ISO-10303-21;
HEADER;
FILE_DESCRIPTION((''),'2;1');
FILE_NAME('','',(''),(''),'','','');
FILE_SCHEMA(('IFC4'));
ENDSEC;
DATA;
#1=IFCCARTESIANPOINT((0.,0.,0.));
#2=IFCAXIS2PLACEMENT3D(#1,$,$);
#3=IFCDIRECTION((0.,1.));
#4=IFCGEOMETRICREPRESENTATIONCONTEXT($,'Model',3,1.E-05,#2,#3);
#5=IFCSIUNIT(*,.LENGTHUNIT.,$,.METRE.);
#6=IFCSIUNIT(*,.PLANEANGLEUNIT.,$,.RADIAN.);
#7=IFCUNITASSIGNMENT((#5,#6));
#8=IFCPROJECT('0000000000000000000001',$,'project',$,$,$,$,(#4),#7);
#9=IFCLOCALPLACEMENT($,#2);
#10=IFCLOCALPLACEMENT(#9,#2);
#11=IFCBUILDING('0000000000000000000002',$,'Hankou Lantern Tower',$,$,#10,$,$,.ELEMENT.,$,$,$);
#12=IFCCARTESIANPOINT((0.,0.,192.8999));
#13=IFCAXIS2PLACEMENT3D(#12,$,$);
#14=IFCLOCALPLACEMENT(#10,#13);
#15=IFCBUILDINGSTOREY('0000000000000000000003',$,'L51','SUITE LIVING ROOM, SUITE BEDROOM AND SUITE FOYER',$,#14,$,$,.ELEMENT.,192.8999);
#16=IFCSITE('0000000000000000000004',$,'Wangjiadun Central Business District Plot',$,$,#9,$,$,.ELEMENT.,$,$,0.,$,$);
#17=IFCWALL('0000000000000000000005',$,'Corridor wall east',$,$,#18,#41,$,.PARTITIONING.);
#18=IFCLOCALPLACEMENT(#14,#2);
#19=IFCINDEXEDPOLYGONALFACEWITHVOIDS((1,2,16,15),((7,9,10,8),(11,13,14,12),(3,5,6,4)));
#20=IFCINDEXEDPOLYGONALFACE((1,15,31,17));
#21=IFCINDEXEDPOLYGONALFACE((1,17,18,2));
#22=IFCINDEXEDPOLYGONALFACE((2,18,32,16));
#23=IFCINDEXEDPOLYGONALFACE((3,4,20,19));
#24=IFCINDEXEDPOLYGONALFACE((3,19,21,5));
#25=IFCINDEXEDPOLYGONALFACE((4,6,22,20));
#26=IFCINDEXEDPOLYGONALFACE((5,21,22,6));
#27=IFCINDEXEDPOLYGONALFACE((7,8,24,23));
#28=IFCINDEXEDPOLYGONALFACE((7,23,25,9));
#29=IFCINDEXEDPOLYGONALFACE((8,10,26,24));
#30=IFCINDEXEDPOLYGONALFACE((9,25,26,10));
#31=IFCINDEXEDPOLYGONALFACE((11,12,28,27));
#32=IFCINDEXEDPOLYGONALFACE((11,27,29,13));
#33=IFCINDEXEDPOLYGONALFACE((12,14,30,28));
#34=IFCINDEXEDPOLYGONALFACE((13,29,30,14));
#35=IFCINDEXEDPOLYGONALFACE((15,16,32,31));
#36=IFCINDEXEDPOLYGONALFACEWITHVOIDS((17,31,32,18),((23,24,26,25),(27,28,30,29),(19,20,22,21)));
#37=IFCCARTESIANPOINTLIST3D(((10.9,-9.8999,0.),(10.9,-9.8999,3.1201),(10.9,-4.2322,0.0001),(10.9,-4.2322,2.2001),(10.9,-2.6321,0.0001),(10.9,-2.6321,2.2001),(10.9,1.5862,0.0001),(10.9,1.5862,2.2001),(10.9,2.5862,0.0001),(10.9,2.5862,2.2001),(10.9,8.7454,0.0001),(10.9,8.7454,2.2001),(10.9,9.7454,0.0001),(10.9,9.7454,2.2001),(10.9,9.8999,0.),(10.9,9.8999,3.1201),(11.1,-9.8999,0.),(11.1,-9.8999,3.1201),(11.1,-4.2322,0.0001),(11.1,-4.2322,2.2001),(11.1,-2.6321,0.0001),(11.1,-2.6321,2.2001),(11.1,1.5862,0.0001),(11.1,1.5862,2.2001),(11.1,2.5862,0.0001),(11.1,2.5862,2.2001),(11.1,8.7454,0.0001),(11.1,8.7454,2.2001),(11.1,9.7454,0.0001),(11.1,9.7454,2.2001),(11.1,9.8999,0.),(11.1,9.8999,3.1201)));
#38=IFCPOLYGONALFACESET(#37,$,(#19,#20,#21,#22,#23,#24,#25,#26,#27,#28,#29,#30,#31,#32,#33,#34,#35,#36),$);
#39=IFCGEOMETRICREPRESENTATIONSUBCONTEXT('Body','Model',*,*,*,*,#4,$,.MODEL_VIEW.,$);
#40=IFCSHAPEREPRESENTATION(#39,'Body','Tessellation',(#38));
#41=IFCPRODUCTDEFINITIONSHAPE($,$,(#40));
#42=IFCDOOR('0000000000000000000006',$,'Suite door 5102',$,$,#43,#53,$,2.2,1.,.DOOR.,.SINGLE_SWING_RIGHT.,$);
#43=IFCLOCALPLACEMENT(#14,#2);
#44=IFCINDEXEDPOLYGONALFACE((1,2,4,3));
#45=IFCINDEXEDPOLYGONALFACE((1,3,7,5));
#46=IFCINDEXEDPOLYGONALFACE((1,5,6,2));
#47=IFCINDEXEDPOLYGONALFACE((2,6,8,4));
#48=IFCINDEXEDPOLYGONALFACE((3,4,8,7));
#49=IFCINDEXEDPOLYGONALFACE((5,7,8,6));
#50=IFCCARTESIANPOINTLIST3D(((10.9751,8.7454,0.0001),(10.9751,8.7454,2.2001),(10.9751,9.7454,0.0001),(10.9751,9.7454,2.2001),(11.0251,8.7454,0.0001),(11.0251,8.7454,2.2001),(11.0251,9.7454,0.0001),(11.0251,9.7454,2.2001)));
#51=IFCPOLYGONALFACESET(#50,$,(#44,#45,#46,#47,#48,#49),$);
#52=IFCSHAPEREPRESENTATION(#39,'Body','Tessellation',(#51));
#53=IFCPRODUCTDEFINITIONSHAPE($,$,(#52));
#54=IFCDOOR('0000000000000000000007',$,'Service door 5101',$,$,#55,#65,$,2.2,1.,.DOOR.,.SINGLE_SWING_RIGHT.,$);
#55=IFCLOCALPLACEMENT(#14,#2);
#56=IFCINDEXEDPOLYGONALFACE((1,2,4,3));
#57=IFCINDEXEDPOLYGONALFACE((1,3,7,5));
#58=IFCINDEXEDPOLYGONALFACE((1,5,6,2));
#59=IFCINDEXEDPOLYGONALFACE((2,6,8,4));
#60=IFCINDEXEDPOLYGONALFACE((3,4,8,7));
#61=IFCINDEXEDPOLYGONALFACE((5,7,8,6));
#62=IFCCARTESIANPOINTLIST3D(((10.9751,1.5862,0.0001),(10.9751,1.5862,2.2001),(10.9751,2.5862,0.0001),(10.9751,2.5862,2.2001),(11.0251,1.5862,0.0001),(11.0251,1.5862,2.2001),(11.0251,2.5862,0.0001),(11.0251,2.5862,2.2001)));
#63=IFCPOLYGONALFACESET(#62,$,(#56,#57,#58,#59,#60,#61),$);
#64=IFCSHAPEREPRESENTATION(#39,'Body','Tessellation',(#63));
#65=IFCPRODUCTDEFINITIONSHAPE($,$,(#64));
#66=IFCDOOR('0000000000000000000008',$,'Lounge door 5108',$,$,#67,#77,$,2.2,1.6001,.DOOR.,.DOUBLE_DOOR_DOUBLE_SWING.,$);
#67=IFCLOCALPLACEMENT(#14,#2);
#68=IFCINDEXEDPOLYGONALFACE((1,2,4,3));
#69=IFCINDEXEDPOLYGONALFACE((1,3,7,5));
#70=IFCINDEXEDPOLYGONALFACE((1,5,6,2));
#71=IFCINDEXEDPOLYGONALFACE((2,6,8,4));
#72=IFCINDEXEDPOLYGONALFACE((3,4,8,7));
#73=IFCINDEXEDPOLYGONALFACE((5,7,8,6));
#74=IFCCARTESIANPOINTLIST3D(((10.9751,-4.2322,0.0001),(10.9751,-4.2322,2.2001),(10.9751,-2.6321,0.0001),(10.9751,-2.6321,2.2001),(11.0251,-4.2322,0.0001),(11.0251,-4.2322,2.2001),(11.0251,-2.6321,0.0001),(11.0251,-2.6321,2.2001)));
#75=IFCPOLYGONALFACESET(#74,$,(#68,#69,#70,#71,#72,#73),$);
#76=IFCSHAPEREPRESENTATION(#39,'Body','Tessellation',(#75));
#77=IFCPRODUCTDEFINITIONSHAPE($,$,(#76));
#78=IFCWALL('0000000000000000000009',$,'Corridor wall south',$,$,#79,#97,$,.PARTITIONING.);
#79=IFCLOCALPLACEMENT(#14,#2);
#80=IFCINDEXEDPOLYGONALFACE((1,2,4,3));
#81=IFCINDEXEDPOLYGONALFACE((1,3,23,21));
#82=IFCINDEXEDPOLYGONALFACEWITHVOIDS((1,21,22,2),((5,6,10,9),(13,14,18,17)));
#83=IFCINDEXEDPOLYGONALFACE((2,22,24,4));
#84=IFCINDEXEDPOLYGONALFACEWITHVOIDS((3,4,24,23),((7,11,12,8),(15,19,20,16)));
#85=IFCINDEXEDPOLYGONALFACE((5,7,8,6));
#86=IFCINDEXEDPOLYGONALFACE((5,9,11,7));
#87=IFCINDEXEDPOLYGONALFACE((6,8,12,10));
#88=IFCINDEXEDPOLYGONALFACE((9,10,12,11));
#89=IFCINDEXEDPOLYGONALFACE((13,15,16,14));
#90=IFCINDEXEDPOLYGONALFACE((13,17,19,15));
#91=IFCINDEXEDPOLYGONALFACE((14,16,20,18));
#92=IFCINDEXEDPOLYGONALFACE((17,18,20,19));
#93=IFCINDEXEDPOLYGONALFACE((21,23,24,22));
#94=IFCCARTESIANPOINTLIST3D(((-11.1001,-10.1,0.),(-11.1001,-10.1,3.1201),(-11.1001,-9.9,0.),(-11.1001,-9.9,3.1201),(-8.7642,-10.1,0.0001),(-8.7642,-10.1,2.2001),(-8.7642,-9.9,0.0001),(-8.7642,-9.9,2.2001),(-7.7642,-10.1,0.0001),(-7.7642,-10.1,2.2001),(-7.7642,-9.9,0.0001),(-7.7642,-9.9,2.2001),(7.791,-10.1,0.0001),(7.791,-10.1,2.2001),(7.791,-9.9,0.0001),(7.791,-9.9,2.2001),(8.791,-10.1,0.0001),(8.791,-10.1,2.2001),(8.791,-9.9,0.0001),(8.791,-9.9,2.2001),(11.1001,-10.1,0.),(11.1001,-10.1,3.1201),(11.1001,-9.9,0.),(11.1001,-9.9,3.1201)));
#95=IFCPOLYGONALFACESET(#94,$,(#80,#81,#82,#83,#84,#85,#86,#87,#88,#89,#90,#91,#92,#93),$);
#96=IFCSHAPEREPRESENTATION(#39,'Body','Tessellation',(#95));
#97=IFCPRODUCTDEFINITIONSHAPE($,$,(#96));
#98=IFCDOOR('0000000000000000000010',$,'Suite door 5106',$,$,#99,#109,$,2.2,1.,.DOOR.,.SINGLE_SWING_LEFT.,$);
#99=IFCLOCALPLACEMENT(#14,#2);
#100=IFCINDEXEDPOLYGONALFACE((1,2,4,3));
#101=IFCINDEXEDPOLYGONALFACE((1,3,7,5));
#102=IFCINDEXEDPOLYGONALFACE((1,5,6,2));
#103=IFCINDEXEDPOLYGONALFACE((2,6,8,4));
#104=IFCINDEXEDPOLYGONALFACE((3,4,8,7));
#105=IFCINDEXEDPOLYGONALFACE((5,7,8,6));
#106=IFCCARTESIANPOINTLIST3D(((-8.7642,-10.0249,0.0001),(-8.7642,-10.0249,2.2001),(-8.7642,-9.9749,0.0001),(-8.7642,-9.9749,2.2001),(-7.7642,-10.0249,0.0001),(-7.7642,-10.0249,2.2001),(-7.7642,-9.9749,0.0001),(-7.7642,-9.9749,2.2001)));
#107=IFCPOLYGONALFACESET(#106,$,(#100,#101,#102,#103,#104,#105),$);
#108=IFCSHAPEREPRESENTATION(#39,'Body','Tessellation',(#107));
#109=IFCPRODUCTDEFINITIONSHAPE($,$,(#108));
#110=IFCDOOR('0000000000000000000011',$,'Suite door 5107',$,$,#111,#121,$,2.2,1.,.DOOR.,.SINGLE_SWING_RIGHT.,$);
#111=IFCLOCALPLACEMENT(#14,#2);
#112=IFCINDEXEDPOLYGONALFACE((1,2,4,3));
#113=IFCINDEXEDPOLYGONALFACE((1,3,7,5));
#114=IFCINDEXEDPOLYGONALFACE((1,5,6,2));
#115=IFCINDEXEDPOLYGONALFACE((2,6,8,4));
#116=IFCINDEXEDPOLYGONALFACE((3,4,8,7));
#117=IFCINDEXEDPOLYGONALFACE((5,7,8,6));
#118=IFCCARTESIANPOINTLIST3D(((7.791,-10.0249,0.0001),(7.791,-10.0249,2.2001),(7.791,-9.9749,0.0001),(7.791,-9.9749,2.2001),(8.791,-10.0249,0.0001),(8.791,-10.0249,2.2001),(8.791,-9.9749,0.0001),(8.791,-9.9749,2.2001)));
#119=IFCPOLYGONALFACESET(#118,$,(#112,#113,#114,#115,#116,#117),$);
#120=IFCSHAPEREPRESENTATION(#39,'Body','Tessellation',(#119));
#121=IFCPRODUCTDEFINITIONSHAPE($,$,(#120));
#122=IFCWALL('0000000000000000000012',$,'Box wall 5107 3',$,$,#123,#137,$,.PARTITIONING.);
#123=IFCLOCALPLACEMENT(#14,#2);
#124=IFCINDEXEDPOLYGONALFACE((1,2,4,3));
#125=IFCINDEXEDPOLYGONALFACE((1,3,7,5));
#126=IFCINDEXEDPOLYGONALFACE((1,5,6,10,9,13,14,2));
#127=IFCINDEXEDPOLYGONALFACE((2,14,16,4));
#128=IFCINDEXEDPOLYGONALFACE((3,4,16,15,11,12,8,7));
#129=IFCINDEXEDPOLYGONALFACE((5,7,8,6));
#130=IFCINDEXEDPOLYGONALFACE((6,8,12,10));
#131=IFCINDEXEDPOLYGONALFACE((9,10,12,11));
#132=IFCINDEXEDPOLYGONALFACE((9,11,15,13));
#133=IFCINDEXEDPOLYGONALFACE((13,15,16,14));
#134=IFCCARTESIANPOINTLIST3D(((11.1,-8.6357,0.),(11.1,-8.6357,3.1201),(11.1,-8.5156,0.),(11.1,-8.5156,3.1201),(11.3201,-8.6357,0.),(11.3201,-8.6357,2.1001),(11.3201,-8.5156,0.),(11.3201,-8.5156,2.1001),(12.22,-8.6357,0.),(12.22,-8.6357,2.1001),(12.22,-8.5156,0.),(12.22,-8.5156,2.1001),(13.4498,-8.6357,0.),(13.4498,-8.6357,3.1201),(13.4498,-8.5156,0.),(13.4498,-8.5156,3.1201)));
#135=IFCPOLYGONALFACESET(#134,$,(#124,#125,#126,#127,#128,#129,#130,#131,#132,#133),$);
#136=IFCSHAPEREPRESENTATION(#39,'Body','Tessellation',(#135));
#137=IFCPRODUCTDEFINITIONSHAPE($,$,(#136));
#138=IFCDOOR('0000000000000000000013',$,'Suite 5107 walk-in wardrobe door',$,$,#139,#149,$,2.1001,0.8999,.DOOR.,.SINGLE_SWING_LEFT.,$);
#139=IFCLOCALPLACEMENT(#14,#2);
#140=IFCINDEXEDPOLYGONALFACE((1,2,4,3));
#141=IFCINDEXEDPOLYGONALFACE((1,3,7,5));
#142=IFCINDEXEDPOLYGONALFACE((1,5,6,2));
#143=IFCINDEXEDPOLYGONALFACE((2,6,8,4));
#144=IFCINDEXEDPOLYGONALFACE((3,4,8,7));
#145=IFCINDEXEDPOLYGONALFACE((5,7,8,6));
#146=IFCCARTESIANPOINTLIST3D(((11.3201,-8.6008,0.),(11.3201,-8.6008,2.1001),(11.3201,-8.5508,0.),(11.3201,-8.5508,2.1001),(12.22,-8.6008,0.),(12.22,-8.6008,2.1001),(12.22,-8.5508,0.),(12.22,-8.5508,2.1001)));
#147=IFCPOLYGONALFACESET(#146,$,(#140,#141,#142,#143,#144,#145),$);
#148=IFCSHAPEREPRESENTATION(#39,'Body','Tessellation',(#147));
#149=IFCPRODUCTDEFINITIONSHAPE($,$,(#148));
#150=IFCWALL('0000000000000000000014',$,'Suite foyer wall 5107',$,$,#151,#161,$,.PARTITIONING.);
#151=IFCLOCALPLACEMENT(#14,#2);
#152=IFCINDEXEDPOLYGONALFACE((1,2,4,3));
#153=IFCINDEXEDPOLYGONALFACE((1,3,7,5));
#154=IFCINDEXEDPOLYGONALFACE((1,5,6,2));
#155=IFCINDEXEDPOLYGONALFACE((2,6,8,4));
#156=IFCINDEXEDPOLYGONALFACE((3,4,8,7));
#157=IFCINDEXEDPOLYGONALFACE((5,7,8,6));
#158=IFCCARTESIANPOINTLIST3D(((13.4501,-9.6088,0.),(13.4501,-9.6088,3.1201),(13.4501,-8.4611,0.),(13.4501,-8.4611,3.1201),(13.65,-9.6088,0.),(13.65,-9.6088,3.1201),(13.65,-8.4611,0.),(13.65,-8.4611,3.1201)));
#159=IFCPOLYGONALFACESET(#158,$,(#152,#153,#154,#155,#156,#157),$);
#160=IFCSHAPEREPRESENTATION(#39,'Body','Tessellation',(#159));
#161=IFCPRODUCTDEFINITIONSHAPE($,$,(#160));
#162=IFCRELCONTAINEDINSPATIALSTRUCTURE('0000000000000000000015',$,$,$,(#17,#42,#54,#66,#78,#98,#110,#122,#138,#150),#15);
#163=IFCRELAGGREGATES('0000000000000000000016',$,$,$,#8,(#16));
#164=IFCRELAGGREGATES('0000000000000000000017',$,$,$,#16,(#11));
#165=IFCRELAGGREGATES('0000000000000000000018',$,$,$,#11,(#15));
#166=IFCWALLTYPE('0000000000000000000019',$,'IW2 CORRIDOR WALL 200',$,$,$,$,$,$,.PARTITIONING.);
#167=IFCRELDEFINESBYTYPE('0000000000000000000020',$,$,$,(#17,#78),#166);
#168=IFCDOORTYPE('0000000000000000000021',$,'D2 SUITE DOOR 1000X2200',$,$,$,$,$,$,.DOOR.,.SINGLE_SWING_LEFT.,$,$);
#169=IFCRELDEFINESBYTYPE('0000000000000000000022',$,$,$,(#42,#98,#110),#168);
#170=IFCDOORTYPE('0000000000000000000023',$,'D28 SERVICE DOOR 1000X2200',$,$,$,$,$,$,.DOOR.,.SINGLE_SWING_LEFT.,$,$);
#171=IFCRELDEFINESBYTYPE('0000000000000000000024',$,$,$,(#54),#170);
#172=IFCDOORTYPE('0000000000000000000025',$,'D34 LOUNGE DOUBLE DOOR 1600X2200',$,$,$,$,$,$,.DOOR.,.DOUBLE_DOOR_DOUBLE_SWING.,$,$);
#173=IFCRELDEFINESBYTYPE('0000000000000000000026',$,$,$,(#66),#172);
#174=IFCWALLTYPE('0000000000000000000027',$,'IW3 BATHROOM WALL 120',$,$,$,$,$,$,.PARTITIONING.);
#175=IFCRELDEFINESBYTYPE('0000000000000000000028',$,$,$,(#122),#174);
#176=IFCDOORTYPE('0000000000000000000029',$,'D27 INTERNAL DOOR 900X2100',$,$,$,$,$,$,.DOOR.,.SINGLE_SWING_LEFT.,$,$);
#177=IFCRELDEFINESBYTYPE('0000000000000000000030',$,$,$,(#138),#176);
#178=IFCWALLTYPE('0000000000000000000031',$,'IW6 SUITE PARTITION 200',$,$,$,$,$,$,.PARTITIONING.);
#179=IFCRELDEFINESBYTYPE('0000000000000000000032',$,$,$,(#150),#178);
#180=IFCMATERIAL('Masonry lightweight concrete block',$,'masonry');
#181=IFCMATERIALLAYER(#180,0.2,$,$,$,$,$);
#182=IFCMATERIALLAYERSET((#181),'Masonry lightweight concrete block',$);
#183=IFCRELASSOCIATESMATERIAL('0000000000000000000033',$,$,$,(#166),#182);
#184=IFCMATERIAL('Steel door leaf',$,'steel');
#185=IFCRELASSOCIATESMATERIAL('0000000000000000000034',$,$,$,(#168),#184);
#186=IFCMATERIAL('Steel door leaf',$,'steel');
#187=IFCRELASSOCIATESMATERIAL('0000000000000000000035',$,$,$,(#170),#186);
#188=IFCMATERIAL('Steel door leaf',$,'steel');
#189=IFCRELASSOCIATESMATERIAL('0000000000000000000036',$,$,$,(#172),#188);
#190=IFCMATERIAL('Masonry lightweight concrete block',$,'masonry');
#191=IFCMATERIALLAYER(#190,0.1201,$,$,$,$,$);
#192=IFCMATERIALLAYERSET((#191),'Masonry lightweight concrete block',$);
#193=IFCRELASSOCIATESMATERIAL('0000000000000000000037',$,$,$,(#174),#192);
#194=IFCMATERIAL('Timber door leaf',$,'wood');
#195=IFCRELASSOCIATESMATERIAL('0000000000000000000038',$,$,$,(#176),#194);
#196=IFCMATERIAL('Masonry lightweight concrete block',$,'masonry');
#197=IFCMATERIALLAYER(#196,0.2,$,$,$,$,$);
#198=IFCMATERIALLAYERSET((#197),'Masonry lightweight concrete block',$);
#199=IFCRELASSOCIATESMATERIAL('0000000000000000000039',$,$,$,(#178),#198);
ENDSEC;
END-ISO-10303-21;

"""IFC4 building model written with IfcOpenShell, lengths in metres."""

from ifc_helpers import new_model, si_unit, direction, frame, frame_2d, origin, place, context, subcontext, project, spatial, rectangle, extrude, material, layer, layer_set, type_object, element, fill, save


model = new_model("IFC4")

# Units and contexts
model_context = context("Model", 3, precision=1e-05, world=origin(), true_north=direction((0.0, 1.0)))
body_context = subcontext(model_context, "Body", "Model", "MODEL_VIEW")
ifc_project = project(units=[si_unit("LENGTHUNIT", "METRE"), si_unit("PLANEANGLEUNIT", "RADIAN")], contexts=[model_context])

# Site, building, storey
site_placement = place(None, origin())
site = spatial("IfcSite", under=ifc_project, at=site_placement, Name="Wangjiadun Central Business District Plot", CompositionType="ELEMENT", RefElevation=0.0)
building_placement = place(site_placement, origin())
building = spatial("IfcBuilding", under=site, at=building_placement, Name="Hankou Lantern Tower", CompositionType="ELEMENT")
storey_placement = place(building_placement, frame((0.0, 0.0, 192.8999)))
storey = spatial("IfcBuildingStorey", under=building, at=storey_placement, Name="L51", Description="SUITE LIVING ROOM, SUITE BEDROOM AND SUITE FOYER", CompositionType="ELEMENT", Elevation=192.8999)

# Walls, openings, doors
ifc_material_1 = material(Name="Masonry lightweight concrete block", Category="masonry")
ifc_layer_1 = layer(ifc_material_1, 0.2)
ifc_layer_set_1 = layer_set([ifc_layer_1], Name="Masonry lightweight concrete block")
wall_type_1 = type_object("IfcWallType", Name="IW2 CORRIDOR WALL 200", PredefinedType="PARTITIONING", material=ifc_layer_set_1)
wall_1_placement = place(storey_placement, frame((11.0, -9.8999, 0.0), z_axis=(0.0, 0.0, 1.0), x_axis=(0.0, 1.0, 0.0)))
wall_1 = element("IfcWall", 1, at=wall_1_placement, inside=storey, type_object=wall_type_1, Name="Corridor wall east", PredefinedType="PARTITIONING", context=body_context, shape_type="SweptSolid", body=[
    extrude(rectangle(XDim=19.7998, YDim=0.2, at=frame_2d((9.8999, 0.0))), origin(), (0.0, 0.0, 1.0), 3.1201),
])
opening_1_placement = place(wall_1_placement, frame((11.4861, 0.0, 0.0)))
opening_1 = element("IfcOpeningElement", 2, at=opening_1_placement, cuts=wall_1, PredefinedType="OPENING", context=body_context, shape_type="SweptSolid", body=[
    extrude(rectangle(XDim=1.0, YDim=2.2, at=frame_2d((0.5, 1.1001))), frame((0.0, 0.1099, 0.0), z_axis=(0.0, -1.0, 0.0), x_axis=(1.0, 0.0, 0.0)), (0.0, 0.0, 1.0), 0.22),
])
opening_2_placement = place(wall_1_placement, frame((18.6453, 0.0, 0.0)))
opening_2 = element("IfcOpeningElement", 3, at=opening_2_placement, cuts=wall_1, PredefinedType="OPENING", context=body_context, shape_type="SweptSolid", body=[
    extrude(rectangle(XDim=1.0, YDim=2.2, at=frame_2d((0.5, 1.1001))), frame((0.0, 0.1099, 0.0), z_axis=(0.0, -1.0, 0.0), x_axis=(1.0, 0.0, 0.0)), (0.0, 0.0, 1.0), 0.22),
])
opening_3_placement = place(wall_1_placement, frame((5.6677, 0.0, 0.0)))
opening_3 = element("IfcOpeningElement", 4, at=opening_3_placement, cuts=wall_1, PredefinedType="OPENING", context=body_context, shape_type="SweptSolid", body=[
    extrude(rectangle(XDim=1.6001, YDim=2.2, at=frame_2d((0.8, 1.1001))), frame((0.0, 0.1099, 0.0), z_axis=(0.0, -1.0, 0.0), x_axis=(1.0, 0.0, 0.0)), (0.0, 0.0, 1.0), 0.22),
])
ifc_material_2 = material(Name="Steel door leaf", Category="steel")
door_type_1 = type_object("IfcDoorType", Name="D2 SUITE DOOR 1000X2200", OperationType="SINGLE_SWING_LEFT", PredefinedType="DOOR", material=ifc_material_2)
door_1_placement = place(opening_2_placement, origin())
door_1 = element("IfcDoor", 5, at=door_1_placement, inside=storey, type_object=door_type_1, Name="Suite door 5102", OperationType="SINGLE_SWING_RIGHT", OverallHeight=2.2, OverallWidth=1.0, PredefinedType="DOOR", context=body_context, shape_type="SweptSolid", body=[
    extrude(rectangle(XDim=1.0, YDim=2.2, at=frame_2d((0.5, 1.1001))), frame((0.0, 0.0249, 0.0), z_axis=(0.0, -1.0, 0.0), x_axis=(1.0, 0.0, 0.0)), (0.0, 0.0, 1.0), 0.05),
])
fill(opening_2, door_1)
ifc_material_3 = material(Name="Steel door leaf", Category="steel")
door_type_2 = type_object("IfcDoorType", Name="D28 SERVICE DOOR 1000X2200", OperationType="SINGLE_SWING_LEFT", PredefinedType="DOOR", material=ifc_material_3)
door_2_placement = place(opening_1_placement, origin())
door_2 = element("IfcDoor", 6, at=door_2_placement, inside=storey, type_object=door_type_2, Name="Service door 5101", OperationType="SINGLE_SWING_RIGHT", OverallHeight=2.2, OverallWidth=1.0, PredefinedType="DOOR", context=body_context, shape_type="SweptSolid", body=[
    extrude(rectangle(XDim=1.0, YDim=2.2, at=frame_2d((0.5, 1.1001))), frame((0.0, 0.0249, 0.0), z_axis=(0.0, -1.0, 0.0), x_axis=(1.0, 0.0, 0.0)), (0.0, 0.0, 1.0), 0.05),
])
fill(opening_1, door_2)
ifc_material_4 = material(Name="Steel door leaf", Category="steel")
door_type_3 = type_object("IfcDoorType", Name="D34 LOUNGE DOUBLE DOOR 1600X2200", OperationType="DOUBLE_DOOR_DOUBLE_SWING", PredefinedType="DOOR", material=ifc_material_4)
door_3_placement = place(opening_3_placement, origin())
door_3 = element("IfcDoor", 7, at=door_3_placement, inside=storey, type_object=door_type_3, Name="Lounge door 5108", OperationType="DOUBLE_DOOR_DOUBLE_SWING", OverallHeight=2.2, OverallWidth=1.6001, PredefinedType="DOOR", context=body_context, shape_type="SweptSolid", body=[
    extrude(rectangle(XDim=1.6001, YDim=2.2, at=frame_2d((0.8, 1.1001))), frame((0.0, 0.0249, 0.0), z_axis=(0.0, -1.0, 0.0), x_axis=(1.0, 0.0, 0.0)), (0.0, 0.0, 1.0), 0.05),
])
fill(opening_3, door_3)
wall_2_placement = place(storey_placement, frame((11.1001, -10.0, 0.0), z_axis=(0.0, 0.0, 1.0), x_axis=(-1.0, 0.0, 0.0)))
wall_2 = element("IfcWall", 8, at=wall_2_placement, inside=storey, type_object=wall_type_1, Name="Corridor wall south", PredefinedType="PARTITIONING", context=body_context, shape_type="SweptSolid", body=[
    extrude(rectangle(XDim=22.2002, YDim=0.2, at=frame_2d((11.1001, 0.0))), origin(), (0.0, 0.0, 1.0), 3.1201),
])
opening_4_placement = place(wall_2_placement, frame((18.8643, 0.0, 0.0)))
opening_4 = element("IfcOpeningElement", 9, at=opening_4_placement, cuts=wall_2, PredefinedType="OPENING", context=body_context, shape_type="SweptSolid", body=[
    extrude(rectangle(XDim=1.0, YDim=2.2, at=frame_2d((0.5, 1.1001))), frame((0.0, 0.1099, 0.0), z_axis=(0.0, -1.0, 0.0), x_axis=(1.0, 0.0, 0.0)), (0.0, 0.0, 1.0), 0.22),
])
opening_5_placement = place(wall_2_placement, frame((2.3091, 0.0, 0.0)))
opening_5 = element("IfcOpeningElement", 10, at=opening_5_placement, cuts=wall_2, PredefinedType="OPENING", context=body_context, shape_type="SweptSolid", body=[
    extrude(rectangle(XDim=1.0, YDim=2.2, at=frame_2d((0.5, 1.1001))), frame((0.0, 0.1099, 0.0), z_axis=(0.0, -1.0, 0.0), x_axis=(1.0, 0.0, 0.0)), (0.0, 0.0, 1.0), 0.22),
])
door_4_placement = place(opening_4_placement, origin())
door_4 = element("IfcDoor", 11, at=door_4_placement, inside=storey, type_object=door_type_1, Name="Suite door 5106", OperationType="SINGLE_SWING_LEFT", OverallHeight=2.2, OverallWidth=1.0, PredefinedType="DOOR", context=body_context, shape_type="SweptSolid", body=[
    extrude(rectangle(XDim=1.0, YDim=2.2, at=frame_2d((0.5, 1.1001))), frame((0.0, 0.0249, 0.0), z_axis=(0.0, -1.0, 0.0), x_axis=(1.0, 0.0, 0.0)), (0.0, 0.0, 1.0), 0.05),
])
fill(opening_4, door_4)
door_5_placement = place(opening_5_placement, origin())
door_5 = element("IfcDoor", 12, at=door_5_placement, inside=storey, type_object=door_type_1, Name="Suite door 5107", OperationType="SINGLE_SWING_RIGHT", OverallHeight=2.2, OverallWidth=1.0, PredefinedType="DOOR", context=body_context, shape_type="SweptSolid", body=[
    extrude(rectangle(XDim=1.0, YDim=2.2, at=frame_2d((0.5, 1.1001))), frame((0.0, 0.0249, 0.0), z_axis=(0.0, -1.0, 0.0), x_axis=(1.0, 0.0, 0.0)), (0.0, 0.0, 1.0), 0.05),
])
fill(opening_5, door_5)

# Wall, opening, door
ifc_material_5 = material(Name="Masonry lightweight concrete block", Category="masonry")
ifc_layer_2 = layer(ifc_material_5, 0.1201)
ifc_layer_set_2 = layer_set([ifc_layer_2], Name="Masonry lightweight concrete block")
wall_type_2 = type_object("IfcWallType", Name="IW3 BATHROOM WALL 120", PredefinedType="PARTITIONING", material=ifc_layer_set_2)
wall_3_placement = place(storey_placement, frame((11.1001, -8.5757, 0.0), z_axis=(0.0, 0.0, 1.0), x_axis=(1.0, 0.0, 0.0)))
wall_3 = element("IfcWall", 13, at=wall_3_placement, inside=storey, type_object=wall_type_2, Name="Box wall 5107 3", PredefinedType="PARTITIONING", context=body_context, shape_type="SweptSolid", body=[
    extrude(rectangle(XDim=2.3499, YDim=0.1201, at=frame_2d((1.1748, 0.0))), origin(), (0.0, 0.0, 1.0), 3.1201),
])
opening_6_placement = place(wall_3_placement, frame((0.22, 0.0, 0.0)))
opening_6 = element("IfcOpeningElement", 14, at=opening_6_placement, cuts=wall_3, PredefinedType="OPENING", context=body_context, shape_type="SweptSolid", body=[
    extrude(rectangle(XDim=0.8999, YDim=2.1001, at=frame_2d((0.45, 1.05))), frame((0.0, 0.0701, 0.0), z_axis=(0.0, -1.0, 0.0), x_axis=(1.0, 0.0, 0.0)), (0.0, 0.0, 1.0), 0.1401),
])
ifc_material_6 = material(Name="Timber door leaf", Category="wood")
door_type_4 = type_object("IfcDoorType", Name="D27 INTERNAL DOOR 900X2100", OperationType="SINGLE_SWING_LEFT", PredefinedType="DOOR", material=ifc_material_6)
door_6_placement = place(opening_6_placement, origin())
door_6 = element("IfcDoor", 15, at=door_6_placement, inside=storey, type_object=door_type_4, Name="Suite 5107 walk-in wardrobe door", OperationType="SINGLE_SWING_LEFT", OverallHeight=2.1001, OverallWidth=0.8999, PredefinedType="DOOR", context=body_context, shape_type="SweptSolid", body=[
    extrude(rectangle(XDim=0.8999, YDim=2.1001, at=frame_2d((0.45, 1.05))), frame((0.0, 0.0249, 0.0), z_axis=(0.0, -1.0, 0.0), x_axis=(1.0, 0.0, 0.0)), (0.0, 0.0, 1.0), 0.05),
])
fill(opening_6, door_6)

# Wall
ifc_material_7 = material(Name="Masonry lightweight concrete block", Category="masonry")
ifc_layer_3 = layer(ifc_material_7, 0.2)
ifc_layer_set_3 = layer_set([ifc_layer_3], Name="Masonry lightweight concrete block")
wall_type_3 = type_object("IfcWallType", Name="IW6 SUITE PARTITION 200", PredefinedType="PARTITIONING", material=ifc_layer_set_3)
wall_4_placement = place(storey_placement, frame((13.55, -9.6086, 0.0), z_axis=(0.0, 0.0, 1.0), x_axis=(0.0, 1.0, 0.0)))
element("IfcWall", 16, at=wall_4_placement, inside=storey, type_object=wall_type_3, Name="Suite foyer wall 5107", PredefinedType="PARTITIONING", context=body_context, shape_type="SweptSolid", body=[
    extrude(rectangle(XDim=1.1477, YDim=0.2, at=frame_2d((0.5737, 0.0))), origin(), (0.0, 0.0, 1.0), 3.1201),
])

save(model, "model.ifc")
